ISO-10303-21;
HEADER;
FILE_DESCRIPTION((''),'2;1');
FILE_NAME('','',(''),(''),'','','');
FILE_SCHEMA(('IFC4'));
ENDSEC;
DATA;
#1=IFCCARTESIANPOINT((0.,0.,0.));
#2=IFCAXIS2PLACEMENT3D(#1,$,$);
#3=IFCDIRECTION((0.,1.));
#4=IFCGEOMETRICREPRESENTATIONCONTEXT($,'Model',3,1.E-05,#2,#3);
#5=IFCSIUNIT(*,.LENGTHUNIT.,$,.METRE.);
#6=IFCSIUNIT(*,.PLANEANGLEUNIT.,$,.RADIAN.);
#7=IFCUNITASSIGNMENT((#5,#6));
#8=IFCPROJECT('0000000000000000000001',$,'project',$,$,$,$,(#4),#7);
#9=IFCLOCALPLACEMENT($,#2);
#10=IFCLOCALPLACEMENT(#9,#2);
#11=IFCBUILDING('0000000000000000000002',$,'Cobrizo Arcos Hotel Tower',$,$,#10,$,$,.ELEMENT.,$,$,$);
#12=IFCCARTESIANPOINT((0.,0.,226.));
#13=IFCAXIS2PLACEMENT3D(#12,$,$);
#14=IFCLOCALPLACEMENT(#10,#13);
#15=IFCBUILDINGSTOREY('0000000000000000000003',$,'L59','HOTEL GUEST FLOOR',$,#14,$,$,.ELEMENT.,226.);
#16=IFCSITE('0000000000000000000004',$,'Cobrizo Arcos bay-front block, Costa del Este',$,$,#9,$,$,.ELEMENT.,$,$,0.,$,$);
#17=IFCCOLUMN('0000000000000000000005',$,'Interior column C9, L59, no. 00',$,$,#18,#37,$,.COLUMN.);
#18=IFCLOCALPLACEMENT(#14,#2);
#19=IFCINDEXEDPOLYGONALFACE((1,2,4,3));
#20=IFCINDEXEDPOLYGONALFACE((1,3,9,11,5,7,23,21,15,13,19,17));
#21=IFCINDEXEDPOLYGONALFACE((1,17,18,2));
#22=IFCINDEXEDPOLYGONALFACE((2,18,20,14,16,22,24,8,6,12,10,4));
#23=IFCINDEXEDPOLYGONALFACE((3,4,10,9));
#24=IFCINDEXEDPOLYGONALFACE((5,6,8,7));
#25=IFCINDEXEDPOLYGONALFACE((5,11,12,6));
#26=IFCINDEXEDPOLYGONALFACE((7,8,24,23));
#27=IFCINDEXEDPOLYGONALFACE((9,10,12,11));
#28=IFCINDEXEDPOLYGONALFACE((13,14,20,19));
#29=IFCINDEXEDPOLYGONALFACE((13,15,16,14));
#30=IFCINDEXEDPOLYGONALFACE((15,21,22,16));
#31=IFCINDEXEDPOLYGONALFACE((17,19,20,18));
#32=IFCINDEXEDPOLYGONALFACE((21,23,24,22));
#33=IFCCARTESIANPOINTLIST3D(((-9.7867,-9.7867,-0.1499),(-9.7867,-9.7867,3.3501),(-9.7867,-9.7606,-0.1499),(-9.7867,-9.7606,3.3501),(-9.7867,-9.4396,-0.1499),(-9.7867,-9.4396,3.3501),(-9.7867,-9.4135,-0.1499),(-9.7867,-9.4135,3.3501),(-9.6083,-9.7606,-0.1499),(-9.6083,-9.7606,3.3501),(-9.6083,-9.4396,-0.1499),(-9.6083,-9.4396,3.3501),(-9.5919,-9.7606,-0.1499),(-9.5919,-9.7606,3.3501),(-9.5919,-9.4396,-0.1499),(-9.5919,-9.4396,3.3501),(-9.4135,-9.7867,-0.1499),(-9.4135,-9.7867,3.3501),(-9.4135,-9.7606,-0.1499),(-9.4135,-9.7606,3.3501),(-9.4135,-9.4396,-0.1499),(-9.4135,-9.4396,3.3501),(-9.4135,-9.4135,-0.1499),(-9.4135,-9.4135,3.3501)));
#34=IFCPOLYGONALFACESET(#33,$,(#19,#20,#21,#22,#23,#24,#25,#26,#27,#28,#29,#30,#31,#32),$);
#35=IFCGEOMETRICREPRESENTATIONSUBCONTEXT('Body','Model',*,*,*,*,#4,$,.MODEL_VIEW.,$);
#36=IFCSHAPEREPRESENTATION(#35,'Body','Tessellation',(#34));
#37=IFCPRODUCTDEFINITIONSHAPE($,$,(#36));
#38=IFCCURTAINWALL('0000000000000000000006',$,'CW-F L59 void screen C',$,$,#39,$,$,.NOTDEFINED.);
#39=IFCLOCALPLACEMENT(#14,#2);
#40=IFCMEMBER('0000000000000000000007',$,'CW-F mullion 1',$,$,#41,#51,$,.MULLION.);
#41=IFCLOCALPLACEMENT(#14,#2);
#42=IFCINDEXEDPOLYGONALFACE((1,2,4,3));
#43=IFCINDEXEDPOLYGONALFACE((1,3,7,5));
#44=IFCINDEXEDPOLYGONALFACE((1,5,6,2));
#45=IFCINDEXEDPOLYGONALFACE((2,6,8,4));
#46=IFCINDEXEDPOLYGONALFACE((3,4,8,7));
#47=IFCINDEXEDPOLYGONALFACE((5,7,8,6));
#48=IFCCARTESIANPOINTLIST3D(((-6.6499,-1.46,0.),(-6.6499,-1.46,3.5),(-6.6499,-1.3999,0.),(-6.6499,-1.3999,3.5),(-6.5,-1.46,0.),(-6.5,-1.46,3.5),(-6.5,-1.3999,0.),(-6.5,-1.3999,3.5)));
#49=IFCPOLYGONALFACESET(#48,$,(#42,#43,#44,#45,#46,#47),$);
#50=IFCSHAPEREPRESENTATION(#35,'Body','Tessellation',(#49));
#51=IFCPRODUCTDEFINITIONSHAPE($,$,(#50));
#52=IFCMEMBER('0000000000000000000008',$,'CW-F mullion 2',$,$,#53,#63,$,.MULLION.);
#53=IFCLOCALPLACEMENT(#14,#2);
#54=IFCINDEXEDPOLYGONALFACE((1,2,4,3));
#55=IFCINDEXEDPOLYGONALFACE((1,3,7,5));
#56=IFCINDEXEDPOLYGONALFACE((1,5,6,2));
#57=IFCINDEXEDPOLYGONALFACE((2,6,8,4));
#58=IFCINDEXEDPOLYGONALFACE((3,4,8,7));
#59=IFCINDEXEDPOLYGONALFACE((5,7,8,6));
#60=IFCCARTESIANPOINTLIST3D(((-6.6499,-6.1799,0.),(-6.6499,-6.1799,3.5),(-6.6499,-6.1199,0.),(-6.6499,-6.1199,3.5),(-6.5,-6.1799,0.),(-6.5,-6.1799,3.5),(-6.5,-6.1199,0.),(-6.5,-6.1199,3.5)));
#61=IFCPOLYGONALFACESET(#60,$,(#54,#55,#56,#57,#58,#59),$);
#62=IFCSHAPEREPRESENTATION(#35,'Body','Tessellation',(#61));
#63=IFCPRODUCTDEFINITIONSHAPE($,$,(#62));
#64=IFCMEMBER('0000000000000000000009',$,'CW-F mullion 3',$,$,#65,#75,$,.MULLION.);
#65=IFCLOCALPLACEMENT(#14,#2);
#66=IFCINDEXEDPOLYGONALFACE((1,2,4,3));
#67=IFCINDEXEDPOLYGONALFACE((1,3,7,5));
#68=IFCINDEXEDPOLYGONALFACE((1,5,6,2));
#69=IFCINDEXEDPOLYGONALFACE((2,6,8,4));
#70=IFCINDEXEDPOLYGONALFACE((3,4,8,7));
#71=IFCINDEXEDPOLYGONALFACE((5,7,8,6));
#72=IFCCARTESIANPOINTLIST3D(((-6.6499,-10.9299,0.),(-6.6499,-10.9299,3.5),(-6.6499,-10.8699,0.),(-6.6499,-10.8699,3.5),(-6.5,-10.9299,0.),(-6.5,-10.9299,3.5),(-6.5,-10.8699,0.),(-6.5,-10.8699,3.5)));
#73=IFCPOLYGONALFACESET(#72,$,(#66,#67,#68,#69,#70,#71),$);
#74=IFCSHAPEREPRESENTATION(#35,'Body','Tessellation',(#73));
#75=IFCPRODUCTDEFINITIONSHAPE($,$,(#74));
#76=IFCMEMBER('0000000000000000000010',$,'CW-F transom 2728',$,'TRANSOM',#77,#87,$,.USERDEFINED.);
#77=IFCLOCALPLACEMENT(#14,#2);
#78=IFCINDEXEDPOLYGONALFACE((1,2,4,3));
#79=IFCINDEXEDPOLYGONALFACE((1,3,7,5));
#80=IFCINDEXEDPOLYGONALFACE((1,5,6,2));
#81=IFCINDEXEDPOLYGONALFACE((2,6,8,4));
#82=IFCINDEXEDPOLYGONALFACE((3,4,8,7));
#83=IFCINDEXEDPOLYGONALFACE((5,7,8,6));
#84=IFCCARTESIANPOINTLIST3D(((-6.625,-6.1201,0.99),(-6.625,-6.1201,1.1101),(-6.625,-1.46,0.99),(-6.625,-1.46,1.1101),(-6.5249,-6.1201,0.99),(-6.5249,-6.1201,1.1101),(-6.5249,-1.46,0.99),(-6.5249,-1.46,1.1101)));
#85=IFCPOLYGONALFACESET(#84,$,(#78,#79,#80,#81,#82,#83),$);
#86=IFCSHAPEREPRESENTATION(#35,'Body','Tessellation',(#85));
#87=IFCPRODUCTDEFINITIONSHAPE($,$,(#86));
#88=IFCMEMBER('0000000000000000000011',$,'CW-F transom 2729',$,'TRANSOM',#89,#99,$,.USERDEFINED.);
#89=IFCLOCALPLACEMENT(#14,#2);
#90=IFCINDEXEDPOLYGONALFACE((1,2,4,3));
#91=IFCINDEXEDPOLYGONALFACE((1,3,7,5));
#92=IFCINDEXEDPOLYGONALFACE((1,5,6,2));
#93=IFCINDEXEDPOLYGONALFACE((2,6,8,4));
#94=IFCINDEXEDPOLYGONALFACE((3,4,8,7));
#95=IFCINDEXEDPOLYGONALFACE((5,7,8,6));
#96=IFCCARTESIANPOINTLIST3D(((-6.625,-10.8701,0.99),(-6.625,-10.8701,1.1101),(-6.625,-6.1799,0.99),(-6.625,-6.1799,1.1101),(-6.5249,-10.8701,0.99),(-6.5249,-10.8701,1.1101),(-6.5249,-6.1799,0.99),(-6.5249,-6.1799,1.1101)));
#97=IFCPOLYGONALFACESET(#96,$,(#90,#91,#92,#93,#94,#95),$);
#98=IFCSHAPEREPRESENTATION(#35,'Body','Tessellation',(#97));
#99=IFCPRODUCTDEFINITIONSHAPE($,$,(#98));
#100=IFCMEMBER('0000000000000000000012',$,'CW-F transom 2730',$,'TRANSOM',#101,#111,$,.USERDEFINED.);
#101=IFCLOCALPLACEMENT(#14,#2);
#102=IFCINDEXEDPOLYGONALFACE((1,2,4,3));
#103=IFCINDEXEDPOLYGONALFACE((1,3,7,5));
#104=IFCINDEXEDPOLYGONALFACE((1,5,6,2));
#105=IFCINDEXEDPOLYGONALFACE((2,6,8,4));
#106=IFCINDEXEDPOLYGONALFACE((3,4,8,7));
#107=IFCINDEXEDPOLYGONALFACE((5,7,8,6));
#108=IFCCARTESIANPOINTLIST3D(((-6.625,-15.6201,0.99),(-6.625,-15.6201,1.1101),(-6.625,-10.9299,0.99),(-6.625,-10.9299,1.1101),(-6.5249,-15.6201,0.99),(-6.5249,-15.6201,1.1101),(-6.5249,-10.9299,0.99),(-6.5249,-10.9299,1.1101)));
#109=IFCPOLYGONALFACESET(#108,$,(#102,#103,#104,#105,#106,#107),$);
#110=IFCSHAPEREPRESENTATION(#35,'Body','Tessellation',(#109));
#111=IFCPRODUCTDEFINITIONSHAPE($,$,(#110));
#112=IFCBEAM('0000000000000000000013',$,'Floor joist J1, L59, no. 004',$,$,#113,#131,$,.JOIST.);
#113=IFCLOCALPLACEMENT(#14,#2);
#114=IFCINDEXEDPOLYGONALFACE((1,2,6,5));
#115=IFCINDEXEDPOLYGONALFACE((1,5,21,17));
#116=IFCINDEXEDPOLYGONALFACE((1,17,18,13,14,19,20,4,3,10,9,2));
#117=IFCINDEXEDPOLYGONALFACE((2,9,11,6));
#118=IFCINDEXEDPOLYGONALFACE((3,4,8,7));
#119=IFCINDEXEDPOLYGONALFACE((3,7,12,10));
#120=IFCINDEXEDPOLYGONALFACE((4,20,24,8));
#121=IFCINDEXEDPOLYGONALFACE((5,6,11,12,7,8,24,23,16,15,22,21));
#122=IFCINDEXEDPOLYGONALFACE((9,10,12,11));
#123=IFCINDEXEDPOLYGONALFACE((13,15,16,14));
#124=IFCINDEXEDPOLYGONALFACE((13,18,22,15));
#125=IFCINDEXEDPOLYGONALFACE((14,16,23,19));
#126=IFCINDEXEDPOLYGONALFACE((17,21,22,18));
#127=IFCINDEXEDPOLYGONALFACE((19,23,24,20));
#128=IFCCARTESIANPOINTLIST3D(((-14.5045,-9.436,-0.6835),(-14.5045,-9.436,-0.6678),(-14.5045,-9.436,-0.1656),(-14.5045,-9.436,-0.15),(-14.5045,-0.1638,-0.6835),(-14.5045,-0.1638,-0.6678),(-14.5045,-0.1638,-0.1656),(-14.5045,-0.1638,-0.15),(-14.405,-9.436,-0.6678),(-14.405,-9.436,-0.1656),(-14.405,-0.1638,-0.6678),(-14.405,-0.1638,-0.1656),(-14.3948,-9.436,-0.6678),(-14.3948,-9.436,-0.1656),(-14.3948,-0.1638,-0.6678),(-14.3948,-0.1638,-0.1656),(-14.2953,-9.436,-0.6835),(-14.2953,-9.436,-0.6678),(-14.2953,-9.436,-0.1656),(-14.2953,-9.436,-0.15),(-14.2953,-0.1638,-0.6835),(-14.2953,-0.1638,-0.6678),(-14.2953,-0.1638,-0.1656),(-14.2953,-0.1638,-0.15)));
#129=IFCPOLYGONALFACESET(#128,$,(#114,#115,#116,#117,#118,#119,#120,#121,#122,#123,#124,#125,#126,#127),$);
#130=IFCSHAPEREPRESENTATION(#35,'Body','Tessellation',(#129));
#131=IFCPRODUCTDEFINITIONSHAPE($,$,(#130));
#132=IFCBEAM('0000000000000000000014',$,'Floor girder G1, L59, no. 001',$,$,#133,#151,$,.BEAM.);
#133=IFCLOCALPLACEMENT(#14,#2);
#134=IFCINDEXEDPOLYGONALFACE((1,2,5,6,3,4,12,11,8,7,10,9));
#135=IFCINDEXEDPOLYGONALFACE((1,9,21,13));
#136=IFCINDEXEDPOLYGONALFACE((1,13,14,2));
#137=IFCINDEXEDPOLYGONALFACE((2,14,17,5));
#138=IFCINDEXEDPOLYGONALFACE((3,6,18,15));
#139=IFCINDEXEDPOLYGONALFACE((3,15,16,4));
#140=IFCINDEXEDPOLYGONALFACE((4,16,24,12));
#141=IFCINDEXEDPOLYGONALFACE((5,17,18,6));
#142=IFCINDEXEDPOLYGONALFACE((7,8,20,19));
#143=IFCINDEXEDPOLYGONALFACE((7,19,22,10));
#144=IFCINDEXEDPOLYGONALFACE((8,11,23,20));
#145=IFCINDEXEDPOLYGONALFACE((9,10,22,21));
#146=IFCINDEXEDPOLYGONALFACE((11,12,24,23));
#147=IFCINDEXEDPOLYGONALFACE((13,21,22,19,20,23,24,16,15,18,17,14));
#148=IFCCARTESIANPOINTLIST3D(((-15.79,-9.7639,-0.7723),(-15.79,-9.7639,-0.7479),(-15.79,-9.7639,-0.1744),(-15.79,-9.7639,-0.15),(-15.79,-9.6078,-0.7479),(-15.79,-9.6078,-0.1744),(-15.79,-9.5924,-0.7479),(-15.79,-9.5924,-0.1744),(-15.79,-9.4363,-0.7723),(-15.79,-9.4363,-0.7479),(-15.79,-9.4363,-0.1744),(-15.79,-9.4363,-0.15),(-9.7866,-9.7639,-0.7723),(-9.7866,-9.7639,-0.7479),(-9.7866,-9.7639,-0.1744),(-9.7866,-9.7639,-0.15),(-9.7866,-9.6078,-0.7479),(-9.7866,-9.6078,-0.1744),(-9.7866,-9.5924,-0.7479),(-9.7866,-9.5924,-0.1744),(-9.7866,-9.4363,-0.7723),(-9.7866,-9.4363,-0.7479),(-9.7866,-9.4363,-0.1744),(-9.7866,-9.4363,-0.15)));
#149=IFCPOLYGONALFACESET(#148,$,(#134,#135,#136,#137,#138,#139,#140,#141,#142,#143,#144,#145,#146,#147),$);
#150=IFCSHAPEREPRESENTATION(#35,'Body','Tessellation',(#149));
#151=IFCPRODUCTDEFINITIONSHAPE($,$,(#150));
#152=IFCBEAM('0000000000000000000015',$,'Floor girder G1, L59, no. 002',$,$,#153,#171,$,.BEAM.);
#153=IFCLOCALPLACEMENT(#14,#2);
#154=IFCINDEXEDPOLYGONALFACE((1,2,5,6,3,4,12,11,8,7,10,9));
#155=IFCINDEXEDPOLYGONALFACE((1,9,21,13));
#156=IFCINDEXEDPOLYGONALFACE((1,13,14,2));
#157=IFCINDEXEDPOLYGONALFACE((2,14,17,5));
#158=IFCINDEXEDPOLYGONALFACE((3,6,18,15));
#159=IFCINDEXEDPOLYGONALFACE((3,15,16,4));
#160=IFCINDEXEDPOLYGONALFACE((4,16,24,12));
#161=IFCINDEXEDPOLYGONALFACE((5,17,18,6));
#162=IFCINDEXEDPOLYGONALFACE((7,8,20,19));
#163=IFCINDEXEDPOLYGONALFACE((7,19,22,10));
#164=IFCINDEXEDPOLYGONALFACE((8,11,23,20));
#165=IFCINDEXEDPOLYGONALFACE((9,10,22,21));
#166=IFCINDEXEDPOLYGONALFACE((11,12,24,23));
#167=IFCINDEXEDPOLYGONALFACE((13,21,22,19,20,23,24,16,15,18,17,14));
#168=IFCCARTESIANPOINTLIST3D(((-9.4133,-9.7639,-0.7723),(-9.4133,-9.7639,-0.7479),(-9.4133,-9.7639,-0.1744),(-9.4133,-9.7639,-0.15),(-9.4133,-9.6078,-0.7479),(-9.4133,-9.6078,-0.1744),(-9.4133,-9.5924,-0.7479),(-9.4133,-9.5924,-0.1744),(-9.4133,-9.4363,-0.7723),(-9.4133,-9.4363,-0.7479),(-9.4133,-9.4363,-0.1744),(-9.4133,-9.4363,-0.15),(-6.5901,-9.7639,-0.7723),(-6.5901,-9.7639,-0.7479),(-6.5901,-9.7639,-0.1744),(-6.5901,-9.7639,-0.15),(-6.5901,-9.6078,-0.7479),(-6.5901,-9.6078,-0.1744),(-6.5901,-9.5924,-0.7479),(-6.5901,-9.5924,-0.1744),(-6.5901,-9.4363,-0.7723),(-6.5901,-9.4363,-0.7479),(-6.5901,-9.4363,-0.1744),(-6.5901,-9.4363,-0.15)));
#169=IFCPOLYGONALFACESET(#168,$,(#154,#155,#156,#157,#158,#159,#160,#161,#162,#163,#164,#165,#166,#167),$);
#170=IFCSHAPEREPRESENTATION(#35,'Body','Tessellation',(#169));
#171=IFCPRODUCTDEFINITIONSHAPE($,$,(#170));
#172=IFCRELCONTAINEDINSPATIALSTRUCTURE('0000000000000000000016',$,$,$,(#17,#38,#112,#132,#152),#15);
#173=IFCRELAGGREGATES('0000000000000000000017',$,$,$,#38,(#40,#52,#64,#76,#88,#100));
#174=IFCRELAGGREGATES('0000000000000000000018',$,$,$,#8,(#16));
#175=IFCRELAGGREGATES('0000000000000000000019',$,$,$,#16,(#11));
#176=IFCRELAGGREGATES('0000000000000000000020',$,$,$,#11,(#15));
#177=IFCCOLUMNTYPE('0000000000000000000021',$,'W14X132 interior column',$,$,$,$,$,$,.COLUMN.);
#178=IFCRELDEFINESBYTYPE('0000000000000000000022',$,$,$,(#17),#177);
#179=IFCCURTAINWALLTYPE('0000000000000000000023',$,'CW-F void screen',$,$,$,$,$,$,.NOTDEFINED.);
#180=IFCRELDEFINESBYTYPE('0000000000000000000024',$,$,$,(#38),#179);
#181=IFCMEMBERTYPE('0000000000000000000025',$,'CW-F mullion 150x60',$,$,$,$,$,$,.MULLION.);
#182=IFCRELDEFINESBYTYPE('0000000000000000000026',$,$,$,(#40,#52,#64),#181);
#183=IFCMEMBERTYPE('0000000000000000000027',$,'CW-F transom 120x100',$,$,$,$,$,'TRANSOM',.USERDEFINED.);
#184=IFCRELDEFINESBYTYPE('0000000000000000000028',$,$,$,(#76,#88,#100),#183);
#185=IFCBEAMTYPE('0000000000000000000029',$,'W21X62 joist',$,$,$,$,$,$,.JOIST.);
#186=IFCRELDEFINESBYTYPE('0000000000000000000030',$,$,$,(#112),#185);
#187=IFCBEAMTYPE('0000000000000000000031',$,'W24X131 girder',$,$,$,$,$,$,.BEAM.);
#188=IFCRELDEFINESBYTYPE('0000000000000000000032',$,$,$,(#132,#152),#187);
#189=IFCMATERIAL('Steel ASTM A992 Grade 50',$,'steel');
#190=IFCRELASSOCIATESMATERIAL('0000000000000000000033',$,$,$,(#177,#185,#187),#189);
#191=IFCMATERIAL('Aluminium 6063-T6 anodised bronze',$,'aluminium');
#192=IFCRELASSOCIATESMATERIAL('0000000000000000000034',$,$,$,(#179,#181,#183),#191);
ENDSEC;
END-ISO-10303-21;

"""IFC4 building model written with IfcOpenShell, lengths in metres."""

from ifc_helpers import new_model, si_unit, direction, frame, origin, origin_2d, place, context, subcontext, project, spatial, rectangle, i_section, extrude, material, material_profile, profile_set, type_object, element, aggregate, save


model = new_model("IFC4")

# Units and contexts
model_context = context("Model", 3, precision=1e-05, world=origin(), true_north=direction((0.0, 1.0)))
body_context = subcontext(model_context, "Body", "Model", "MODEL_VIEW")
ifc_project = project(units=[si_unit("LENGTHUNIT", "METRE"), si_unit("PLANEANGLEUNIT", "RADIAN")], contexts=[model_context])

# Site, building, storey
site_placement = place(None, origin())
site = spatial("IfcSite", under=ifc_project, at=site_placement, Name="Cobrizo Arcos bay-front block, Costa del Este", CompositionType="ELEMENT", RefElevation=0.0)
building_placement = place(site_placement, origin())
building = spatial("IfcBuilding", under=site, at=building_placement, Name="Cobrizo Arcos Hotel Tower", CompositionType="ELEMENT")
storey_placement = place(building_placement, frame((0.0, 0.0, 226.0)))
storey = spatial("IfcBuildingStorey", under=building, at=storey_placement, Name="L59", Description="HOTEL GUEST FLOOR", CompositionType="ELEMENT", Elevation=226.0)

# Column
ifc_material_1 = material(Name="Steel ASTM A992 Grade 50", Category="steel")
ifc_material_profile_1 = material_profile(ifc_material_1, i_section(OverallWidth=0.3733, OverallDepth=0.3733, WebThickness=0.0164, FlangeThickness=0.0261, at=origin_2d()), Name="W14X132")
ifc_profile_set_1 = profile_set([ifc_material_profile_1], Name="Steel ASTM A992 Grade 50")
column_type = type_object("IfcColumnType", Name="W14X132 interior column", PredefinedType="COLUMN", material=ifc_profile_set_1)
column_placement = place(storey_placement, frame((-9.6001, -9.6001, -0.1499), z_axis=(0.0, 0.0, 1.0), x_axis=(1.0, 0.0, 0.0)))
element("IfcColumn", 1, at=column_placement, inside=storey, type_object=column_type, Name="Interior column C9, L59, no. 00", PredefinedType="COLUMN", context=body_context, shape_type="SweptSolid", body=[
    extrude(i_section(OverallWidth=0.3733, OverallDepth=0.3733, WebThickness=0.0164, FlangeThickness=0.0261, at=origin_2d()), origin(), (0.0, 0.0, 1.0), 3.5),
])

# Curtain wall, members
ifc_material_2 = material(Name="Aluminium 6063-T6 anodised bronze", Category="aluminium")
curtain_wall_type = type_object("IfcCurtainWallType", Name="CW-F void screen", PredefinedType="NOTDEFINED", material=ifc_material_2)
curtain_wall_placement = place(storey_placement, origin())
curtain_wall = element("IfcCurtainWall", 2, at=curtain_wall_placement, inside=storey, type_object=curtain_wall_type, Name="CW-F L59 void screen C", PredefinedType="NOTDEFINED")
ifc_material_profile_2 = material_profile(ifc_material_2, rectangle(XDim=0.1499, YDim=0.0601, at=origin_2d()), Name="CW-F mullion 150x60")
ifc_profile_set_2 = profile_set([ifc_material_profile_2], Name="Aluminium 6063-T6 anodised bronze")
member_type_1 = type_object("IfcMemberType", Name="CW-F mullion 150x60", PredefinedType="MULLION", material=ifc_profile_set_2)
member_1_placement = place(storey_placement, frame((-6.575, -1.4299, 0.0), z_axis=(0.0, 0.0, 1.0), x_axis=(-1.0, 0.0, 0.0)))
member_1 = element("IfcMember", 3, at=member_1_placement, type_object=member_type_1, Name="CW-F mullion 1", PredefinedType="MULLION", context=body_context, shape_type="SweptSolid", body=[
    extrude(rectangle(XDim=0.1499, YDim=0.0601, at=origin_2d()), origin(), (0.0, 0.0, 1.0), 3.5),
])
member_2_placement = place(storey_placement, frame((-6.575, -6.1499, 0.0), z_axis=(0.0, 0.0, 1.0), x_axis=(-1.0, 0.0, 0.0)))
member_2 = element("IfcMember", 4, at=member_2_placement, type_object=member_type_1, Name="CW-F mullion 2", PredefinedType="MULLION", context=body_context, shape_type="SweptSolid", body=[
    extrude(rectangle(XDim=0.1499, YDim=0.0601, at=origin_2d()), origin(), (0.0, 0.0, 1.0), 3.5),
])
member_3_placement = place(storey_placement, frame((-6.575, -10.8999, 0.0), z_axis=(0.0, 0.0, 1.0), x_axis=(-1.0, 0.0, 0.0)))
member_3 = element("IfcMember", 5, at=member_3_placement, type_object=member_type_1, Name="CW-F mullion 3", PredefinedType="MULLION", context=body_context, shape_type="SweptSolid", body=[
    extrude(rectangle(XDim=0.1499, YDim=0.0601, at=origin_2d()), origin(), (0.0, 0.0, 1.0), 3.5),
])
ifc_material_profile_3 = material_profile(ifc_material_2, rectangle(XDim=0.1001, YDim=0.1201, at=origin_2d()), Name="CW-F transom 120x100")
ifc_profile_set_3 = profile_set([ifc_material_profile_3], Name="Aluminium 6063-T6 anodised bronze")
member_type_2 = type_object("IfcMemberType", Name="CW-F transom 120x100", ElementType="TRANSOM", PredefinedType="USERDEFINED", material=ifc_profile_set_3)
member_4_placement = place(storey_placement, frame((-6.575, -1.46, 1.05), z_axis=(0.0, -1.0, 0.0), x_axis=(1.0, 0.0, 0.0)))
member_4 = element("IfcMember", 6, at=member_4_placement, type_object=member_type_2, Name="CW-F transom 2728", ObjectType="TRANSOM", PredefinedType="USERDEFINED", context=body_context, shape_type="SweptSolid", body=[
    extrude(rectangle(XDim=0.1001, YDim=0.1201, at=origin_2d()), origin(), (0.0, 0.0, 1.0), 4.6602),
])
member_5_placement = place(storey_placement, frame((-6.575, -6.1799, 1.05), z_axis=(0.0, -1.0, 0.0), x_axis=(1.0, 0.0, 0.0)))
member_5 = element("IfcMember", 7, at=member_5_placement, type_object=member_type_2, Name="CW-F transom 2729", ObjectType="TRANSOM", PredefinedType="USERDEFINED", context=body_context, shape_type="SweptSolid", body=[
    extrude(rectangle(XDim=0.1001, YDim=0.1201, at=origin_2d()), origin(), (0.0, 0.0, 1.0), 4.6902),
])
member_6_placement = place(storey_placement, frame((-6.575, -10.9299, 1.05), z_axis=(0.0, -1.0, 0.0), x_axis=(1.0, 0.0, 0.0)))
member_6 = element("IfcMember", 8, at=member_6_placement, type_object=member_type_2, Name="CW-F transom 2730", ObjectType="TRANSOM", PredefinedType="USERDEFINED", context=body_context, shape_type="SweptSolid", body=[
    extrude(rectangle(XDim=0.1001, YDim=0.1201, at=origin_2d()), origin(), (0.0, 0.0, 1.0), 4.6902),
])

# Beams
ifc_material_profile_4 = material_profile(ifc_material_1, i_section(OverallWidth=0.2092, OverallDepth=0.5334, WebThickness=0.0103, FlangeThickness=0.0156, at=origin_2d()), Name="W21X62")
ifc_profile_set_4 = profile_set([ifc_material_profile_4], Name="Steel ASTM A992 Grade 50")
beam_type_1 = type_object("IfcBeamType", Name="W21X62 joist", PredefinedType="JOIST", material=ifc_profile_set_4)
beam_1_placement = place(storey_placement, frame((-14.3999, -9.436, -0.4167), z_axis=(0.0, 1.0, 0.0), x_axis=(-1.0, 0.0, 0.0)))
element("IfcBeam", 9, at=beam_1_placement, inside=storey, type_object=beam_type_1, Name="Floor joist J1, L59, no. 004", PredefinedType="JOIST", context=body_context, shape_type="SweptSolid", body=[
    extrude(i_section(OverallWidth=0.2092, OverallDepth=0.5334, WebThickness=0.0103, FlangeThickness=0.0156, at=origin_2d()), origin(), (0.0, 0.0, 1.0), 9.2722),
])
ifc_material_profile_5 = material_profile(ifc_material_1, i_section(OverallWidth=0.3276, OverallDepth=0.6223, WebThickness=0.0154, FlangeThickness=0.0244, at=origin_2d()), Name="W24X131")
ifc_profile_set_5 = profile_set([ifc_material_profile_5], Name="Steel ASTM A992 Grade 50")
beam_type_2 = type_object("IfcBeamType", Name="W24X131 girder", PredefinedType="BEAM", material=ifc_profile_set_5)
beam_2_placement = place(storey_placement, frame((-15.79, -9.6001, -0.4612), z_axis=(1.0, 0.0, 0.0), x_axis=(0.0, 1.0, 0.0)))
element("IfcBeam", 10, at=beam_2_placement, inside=storey, type_object=beam_type_2, Name="Floor girder G1, L59, no. 001", PredefinedType="BEAM", context=body_context, shape_type="SweptSolid", body=[
    extrude(i_section(OverallWidth=0.3276, OverallDepth=0.6223, WebThickness=0.0154, FlangeThickness=0.0244, at=origin_2d()), origin(), (0.0, 0.0, 1.0), 6.0034),
])
beam_3_placement = place(storey_placement, frame((-9.4133, -9.6001, -0.4612), z_axis=(1.0, 0.0, 0.0), x_axis=(0.0, 1.0, 0.0)))
element("IfcBeam", 11, at=beam_3_placement, inside=storey, type_object=beam_type_2, Name="Floor girder G1, L59, no. 002", PredefinedType="BEAM", context=body_context, shape_type="SweptSolid", body=[
    extrude(i_section(OverallWidth=0.3276, OverallDepth=0.6223, WebThickness=0.0154, FlangeThickness=0.0244, at=origin_2d()), origin(), (0.0, 0.0, 1.0), 2.8232),
])

aggregate(curtain_wall, [member_1, member_2, member_3, member_4, member_5, member_6])

save(model, "model.ifc")
